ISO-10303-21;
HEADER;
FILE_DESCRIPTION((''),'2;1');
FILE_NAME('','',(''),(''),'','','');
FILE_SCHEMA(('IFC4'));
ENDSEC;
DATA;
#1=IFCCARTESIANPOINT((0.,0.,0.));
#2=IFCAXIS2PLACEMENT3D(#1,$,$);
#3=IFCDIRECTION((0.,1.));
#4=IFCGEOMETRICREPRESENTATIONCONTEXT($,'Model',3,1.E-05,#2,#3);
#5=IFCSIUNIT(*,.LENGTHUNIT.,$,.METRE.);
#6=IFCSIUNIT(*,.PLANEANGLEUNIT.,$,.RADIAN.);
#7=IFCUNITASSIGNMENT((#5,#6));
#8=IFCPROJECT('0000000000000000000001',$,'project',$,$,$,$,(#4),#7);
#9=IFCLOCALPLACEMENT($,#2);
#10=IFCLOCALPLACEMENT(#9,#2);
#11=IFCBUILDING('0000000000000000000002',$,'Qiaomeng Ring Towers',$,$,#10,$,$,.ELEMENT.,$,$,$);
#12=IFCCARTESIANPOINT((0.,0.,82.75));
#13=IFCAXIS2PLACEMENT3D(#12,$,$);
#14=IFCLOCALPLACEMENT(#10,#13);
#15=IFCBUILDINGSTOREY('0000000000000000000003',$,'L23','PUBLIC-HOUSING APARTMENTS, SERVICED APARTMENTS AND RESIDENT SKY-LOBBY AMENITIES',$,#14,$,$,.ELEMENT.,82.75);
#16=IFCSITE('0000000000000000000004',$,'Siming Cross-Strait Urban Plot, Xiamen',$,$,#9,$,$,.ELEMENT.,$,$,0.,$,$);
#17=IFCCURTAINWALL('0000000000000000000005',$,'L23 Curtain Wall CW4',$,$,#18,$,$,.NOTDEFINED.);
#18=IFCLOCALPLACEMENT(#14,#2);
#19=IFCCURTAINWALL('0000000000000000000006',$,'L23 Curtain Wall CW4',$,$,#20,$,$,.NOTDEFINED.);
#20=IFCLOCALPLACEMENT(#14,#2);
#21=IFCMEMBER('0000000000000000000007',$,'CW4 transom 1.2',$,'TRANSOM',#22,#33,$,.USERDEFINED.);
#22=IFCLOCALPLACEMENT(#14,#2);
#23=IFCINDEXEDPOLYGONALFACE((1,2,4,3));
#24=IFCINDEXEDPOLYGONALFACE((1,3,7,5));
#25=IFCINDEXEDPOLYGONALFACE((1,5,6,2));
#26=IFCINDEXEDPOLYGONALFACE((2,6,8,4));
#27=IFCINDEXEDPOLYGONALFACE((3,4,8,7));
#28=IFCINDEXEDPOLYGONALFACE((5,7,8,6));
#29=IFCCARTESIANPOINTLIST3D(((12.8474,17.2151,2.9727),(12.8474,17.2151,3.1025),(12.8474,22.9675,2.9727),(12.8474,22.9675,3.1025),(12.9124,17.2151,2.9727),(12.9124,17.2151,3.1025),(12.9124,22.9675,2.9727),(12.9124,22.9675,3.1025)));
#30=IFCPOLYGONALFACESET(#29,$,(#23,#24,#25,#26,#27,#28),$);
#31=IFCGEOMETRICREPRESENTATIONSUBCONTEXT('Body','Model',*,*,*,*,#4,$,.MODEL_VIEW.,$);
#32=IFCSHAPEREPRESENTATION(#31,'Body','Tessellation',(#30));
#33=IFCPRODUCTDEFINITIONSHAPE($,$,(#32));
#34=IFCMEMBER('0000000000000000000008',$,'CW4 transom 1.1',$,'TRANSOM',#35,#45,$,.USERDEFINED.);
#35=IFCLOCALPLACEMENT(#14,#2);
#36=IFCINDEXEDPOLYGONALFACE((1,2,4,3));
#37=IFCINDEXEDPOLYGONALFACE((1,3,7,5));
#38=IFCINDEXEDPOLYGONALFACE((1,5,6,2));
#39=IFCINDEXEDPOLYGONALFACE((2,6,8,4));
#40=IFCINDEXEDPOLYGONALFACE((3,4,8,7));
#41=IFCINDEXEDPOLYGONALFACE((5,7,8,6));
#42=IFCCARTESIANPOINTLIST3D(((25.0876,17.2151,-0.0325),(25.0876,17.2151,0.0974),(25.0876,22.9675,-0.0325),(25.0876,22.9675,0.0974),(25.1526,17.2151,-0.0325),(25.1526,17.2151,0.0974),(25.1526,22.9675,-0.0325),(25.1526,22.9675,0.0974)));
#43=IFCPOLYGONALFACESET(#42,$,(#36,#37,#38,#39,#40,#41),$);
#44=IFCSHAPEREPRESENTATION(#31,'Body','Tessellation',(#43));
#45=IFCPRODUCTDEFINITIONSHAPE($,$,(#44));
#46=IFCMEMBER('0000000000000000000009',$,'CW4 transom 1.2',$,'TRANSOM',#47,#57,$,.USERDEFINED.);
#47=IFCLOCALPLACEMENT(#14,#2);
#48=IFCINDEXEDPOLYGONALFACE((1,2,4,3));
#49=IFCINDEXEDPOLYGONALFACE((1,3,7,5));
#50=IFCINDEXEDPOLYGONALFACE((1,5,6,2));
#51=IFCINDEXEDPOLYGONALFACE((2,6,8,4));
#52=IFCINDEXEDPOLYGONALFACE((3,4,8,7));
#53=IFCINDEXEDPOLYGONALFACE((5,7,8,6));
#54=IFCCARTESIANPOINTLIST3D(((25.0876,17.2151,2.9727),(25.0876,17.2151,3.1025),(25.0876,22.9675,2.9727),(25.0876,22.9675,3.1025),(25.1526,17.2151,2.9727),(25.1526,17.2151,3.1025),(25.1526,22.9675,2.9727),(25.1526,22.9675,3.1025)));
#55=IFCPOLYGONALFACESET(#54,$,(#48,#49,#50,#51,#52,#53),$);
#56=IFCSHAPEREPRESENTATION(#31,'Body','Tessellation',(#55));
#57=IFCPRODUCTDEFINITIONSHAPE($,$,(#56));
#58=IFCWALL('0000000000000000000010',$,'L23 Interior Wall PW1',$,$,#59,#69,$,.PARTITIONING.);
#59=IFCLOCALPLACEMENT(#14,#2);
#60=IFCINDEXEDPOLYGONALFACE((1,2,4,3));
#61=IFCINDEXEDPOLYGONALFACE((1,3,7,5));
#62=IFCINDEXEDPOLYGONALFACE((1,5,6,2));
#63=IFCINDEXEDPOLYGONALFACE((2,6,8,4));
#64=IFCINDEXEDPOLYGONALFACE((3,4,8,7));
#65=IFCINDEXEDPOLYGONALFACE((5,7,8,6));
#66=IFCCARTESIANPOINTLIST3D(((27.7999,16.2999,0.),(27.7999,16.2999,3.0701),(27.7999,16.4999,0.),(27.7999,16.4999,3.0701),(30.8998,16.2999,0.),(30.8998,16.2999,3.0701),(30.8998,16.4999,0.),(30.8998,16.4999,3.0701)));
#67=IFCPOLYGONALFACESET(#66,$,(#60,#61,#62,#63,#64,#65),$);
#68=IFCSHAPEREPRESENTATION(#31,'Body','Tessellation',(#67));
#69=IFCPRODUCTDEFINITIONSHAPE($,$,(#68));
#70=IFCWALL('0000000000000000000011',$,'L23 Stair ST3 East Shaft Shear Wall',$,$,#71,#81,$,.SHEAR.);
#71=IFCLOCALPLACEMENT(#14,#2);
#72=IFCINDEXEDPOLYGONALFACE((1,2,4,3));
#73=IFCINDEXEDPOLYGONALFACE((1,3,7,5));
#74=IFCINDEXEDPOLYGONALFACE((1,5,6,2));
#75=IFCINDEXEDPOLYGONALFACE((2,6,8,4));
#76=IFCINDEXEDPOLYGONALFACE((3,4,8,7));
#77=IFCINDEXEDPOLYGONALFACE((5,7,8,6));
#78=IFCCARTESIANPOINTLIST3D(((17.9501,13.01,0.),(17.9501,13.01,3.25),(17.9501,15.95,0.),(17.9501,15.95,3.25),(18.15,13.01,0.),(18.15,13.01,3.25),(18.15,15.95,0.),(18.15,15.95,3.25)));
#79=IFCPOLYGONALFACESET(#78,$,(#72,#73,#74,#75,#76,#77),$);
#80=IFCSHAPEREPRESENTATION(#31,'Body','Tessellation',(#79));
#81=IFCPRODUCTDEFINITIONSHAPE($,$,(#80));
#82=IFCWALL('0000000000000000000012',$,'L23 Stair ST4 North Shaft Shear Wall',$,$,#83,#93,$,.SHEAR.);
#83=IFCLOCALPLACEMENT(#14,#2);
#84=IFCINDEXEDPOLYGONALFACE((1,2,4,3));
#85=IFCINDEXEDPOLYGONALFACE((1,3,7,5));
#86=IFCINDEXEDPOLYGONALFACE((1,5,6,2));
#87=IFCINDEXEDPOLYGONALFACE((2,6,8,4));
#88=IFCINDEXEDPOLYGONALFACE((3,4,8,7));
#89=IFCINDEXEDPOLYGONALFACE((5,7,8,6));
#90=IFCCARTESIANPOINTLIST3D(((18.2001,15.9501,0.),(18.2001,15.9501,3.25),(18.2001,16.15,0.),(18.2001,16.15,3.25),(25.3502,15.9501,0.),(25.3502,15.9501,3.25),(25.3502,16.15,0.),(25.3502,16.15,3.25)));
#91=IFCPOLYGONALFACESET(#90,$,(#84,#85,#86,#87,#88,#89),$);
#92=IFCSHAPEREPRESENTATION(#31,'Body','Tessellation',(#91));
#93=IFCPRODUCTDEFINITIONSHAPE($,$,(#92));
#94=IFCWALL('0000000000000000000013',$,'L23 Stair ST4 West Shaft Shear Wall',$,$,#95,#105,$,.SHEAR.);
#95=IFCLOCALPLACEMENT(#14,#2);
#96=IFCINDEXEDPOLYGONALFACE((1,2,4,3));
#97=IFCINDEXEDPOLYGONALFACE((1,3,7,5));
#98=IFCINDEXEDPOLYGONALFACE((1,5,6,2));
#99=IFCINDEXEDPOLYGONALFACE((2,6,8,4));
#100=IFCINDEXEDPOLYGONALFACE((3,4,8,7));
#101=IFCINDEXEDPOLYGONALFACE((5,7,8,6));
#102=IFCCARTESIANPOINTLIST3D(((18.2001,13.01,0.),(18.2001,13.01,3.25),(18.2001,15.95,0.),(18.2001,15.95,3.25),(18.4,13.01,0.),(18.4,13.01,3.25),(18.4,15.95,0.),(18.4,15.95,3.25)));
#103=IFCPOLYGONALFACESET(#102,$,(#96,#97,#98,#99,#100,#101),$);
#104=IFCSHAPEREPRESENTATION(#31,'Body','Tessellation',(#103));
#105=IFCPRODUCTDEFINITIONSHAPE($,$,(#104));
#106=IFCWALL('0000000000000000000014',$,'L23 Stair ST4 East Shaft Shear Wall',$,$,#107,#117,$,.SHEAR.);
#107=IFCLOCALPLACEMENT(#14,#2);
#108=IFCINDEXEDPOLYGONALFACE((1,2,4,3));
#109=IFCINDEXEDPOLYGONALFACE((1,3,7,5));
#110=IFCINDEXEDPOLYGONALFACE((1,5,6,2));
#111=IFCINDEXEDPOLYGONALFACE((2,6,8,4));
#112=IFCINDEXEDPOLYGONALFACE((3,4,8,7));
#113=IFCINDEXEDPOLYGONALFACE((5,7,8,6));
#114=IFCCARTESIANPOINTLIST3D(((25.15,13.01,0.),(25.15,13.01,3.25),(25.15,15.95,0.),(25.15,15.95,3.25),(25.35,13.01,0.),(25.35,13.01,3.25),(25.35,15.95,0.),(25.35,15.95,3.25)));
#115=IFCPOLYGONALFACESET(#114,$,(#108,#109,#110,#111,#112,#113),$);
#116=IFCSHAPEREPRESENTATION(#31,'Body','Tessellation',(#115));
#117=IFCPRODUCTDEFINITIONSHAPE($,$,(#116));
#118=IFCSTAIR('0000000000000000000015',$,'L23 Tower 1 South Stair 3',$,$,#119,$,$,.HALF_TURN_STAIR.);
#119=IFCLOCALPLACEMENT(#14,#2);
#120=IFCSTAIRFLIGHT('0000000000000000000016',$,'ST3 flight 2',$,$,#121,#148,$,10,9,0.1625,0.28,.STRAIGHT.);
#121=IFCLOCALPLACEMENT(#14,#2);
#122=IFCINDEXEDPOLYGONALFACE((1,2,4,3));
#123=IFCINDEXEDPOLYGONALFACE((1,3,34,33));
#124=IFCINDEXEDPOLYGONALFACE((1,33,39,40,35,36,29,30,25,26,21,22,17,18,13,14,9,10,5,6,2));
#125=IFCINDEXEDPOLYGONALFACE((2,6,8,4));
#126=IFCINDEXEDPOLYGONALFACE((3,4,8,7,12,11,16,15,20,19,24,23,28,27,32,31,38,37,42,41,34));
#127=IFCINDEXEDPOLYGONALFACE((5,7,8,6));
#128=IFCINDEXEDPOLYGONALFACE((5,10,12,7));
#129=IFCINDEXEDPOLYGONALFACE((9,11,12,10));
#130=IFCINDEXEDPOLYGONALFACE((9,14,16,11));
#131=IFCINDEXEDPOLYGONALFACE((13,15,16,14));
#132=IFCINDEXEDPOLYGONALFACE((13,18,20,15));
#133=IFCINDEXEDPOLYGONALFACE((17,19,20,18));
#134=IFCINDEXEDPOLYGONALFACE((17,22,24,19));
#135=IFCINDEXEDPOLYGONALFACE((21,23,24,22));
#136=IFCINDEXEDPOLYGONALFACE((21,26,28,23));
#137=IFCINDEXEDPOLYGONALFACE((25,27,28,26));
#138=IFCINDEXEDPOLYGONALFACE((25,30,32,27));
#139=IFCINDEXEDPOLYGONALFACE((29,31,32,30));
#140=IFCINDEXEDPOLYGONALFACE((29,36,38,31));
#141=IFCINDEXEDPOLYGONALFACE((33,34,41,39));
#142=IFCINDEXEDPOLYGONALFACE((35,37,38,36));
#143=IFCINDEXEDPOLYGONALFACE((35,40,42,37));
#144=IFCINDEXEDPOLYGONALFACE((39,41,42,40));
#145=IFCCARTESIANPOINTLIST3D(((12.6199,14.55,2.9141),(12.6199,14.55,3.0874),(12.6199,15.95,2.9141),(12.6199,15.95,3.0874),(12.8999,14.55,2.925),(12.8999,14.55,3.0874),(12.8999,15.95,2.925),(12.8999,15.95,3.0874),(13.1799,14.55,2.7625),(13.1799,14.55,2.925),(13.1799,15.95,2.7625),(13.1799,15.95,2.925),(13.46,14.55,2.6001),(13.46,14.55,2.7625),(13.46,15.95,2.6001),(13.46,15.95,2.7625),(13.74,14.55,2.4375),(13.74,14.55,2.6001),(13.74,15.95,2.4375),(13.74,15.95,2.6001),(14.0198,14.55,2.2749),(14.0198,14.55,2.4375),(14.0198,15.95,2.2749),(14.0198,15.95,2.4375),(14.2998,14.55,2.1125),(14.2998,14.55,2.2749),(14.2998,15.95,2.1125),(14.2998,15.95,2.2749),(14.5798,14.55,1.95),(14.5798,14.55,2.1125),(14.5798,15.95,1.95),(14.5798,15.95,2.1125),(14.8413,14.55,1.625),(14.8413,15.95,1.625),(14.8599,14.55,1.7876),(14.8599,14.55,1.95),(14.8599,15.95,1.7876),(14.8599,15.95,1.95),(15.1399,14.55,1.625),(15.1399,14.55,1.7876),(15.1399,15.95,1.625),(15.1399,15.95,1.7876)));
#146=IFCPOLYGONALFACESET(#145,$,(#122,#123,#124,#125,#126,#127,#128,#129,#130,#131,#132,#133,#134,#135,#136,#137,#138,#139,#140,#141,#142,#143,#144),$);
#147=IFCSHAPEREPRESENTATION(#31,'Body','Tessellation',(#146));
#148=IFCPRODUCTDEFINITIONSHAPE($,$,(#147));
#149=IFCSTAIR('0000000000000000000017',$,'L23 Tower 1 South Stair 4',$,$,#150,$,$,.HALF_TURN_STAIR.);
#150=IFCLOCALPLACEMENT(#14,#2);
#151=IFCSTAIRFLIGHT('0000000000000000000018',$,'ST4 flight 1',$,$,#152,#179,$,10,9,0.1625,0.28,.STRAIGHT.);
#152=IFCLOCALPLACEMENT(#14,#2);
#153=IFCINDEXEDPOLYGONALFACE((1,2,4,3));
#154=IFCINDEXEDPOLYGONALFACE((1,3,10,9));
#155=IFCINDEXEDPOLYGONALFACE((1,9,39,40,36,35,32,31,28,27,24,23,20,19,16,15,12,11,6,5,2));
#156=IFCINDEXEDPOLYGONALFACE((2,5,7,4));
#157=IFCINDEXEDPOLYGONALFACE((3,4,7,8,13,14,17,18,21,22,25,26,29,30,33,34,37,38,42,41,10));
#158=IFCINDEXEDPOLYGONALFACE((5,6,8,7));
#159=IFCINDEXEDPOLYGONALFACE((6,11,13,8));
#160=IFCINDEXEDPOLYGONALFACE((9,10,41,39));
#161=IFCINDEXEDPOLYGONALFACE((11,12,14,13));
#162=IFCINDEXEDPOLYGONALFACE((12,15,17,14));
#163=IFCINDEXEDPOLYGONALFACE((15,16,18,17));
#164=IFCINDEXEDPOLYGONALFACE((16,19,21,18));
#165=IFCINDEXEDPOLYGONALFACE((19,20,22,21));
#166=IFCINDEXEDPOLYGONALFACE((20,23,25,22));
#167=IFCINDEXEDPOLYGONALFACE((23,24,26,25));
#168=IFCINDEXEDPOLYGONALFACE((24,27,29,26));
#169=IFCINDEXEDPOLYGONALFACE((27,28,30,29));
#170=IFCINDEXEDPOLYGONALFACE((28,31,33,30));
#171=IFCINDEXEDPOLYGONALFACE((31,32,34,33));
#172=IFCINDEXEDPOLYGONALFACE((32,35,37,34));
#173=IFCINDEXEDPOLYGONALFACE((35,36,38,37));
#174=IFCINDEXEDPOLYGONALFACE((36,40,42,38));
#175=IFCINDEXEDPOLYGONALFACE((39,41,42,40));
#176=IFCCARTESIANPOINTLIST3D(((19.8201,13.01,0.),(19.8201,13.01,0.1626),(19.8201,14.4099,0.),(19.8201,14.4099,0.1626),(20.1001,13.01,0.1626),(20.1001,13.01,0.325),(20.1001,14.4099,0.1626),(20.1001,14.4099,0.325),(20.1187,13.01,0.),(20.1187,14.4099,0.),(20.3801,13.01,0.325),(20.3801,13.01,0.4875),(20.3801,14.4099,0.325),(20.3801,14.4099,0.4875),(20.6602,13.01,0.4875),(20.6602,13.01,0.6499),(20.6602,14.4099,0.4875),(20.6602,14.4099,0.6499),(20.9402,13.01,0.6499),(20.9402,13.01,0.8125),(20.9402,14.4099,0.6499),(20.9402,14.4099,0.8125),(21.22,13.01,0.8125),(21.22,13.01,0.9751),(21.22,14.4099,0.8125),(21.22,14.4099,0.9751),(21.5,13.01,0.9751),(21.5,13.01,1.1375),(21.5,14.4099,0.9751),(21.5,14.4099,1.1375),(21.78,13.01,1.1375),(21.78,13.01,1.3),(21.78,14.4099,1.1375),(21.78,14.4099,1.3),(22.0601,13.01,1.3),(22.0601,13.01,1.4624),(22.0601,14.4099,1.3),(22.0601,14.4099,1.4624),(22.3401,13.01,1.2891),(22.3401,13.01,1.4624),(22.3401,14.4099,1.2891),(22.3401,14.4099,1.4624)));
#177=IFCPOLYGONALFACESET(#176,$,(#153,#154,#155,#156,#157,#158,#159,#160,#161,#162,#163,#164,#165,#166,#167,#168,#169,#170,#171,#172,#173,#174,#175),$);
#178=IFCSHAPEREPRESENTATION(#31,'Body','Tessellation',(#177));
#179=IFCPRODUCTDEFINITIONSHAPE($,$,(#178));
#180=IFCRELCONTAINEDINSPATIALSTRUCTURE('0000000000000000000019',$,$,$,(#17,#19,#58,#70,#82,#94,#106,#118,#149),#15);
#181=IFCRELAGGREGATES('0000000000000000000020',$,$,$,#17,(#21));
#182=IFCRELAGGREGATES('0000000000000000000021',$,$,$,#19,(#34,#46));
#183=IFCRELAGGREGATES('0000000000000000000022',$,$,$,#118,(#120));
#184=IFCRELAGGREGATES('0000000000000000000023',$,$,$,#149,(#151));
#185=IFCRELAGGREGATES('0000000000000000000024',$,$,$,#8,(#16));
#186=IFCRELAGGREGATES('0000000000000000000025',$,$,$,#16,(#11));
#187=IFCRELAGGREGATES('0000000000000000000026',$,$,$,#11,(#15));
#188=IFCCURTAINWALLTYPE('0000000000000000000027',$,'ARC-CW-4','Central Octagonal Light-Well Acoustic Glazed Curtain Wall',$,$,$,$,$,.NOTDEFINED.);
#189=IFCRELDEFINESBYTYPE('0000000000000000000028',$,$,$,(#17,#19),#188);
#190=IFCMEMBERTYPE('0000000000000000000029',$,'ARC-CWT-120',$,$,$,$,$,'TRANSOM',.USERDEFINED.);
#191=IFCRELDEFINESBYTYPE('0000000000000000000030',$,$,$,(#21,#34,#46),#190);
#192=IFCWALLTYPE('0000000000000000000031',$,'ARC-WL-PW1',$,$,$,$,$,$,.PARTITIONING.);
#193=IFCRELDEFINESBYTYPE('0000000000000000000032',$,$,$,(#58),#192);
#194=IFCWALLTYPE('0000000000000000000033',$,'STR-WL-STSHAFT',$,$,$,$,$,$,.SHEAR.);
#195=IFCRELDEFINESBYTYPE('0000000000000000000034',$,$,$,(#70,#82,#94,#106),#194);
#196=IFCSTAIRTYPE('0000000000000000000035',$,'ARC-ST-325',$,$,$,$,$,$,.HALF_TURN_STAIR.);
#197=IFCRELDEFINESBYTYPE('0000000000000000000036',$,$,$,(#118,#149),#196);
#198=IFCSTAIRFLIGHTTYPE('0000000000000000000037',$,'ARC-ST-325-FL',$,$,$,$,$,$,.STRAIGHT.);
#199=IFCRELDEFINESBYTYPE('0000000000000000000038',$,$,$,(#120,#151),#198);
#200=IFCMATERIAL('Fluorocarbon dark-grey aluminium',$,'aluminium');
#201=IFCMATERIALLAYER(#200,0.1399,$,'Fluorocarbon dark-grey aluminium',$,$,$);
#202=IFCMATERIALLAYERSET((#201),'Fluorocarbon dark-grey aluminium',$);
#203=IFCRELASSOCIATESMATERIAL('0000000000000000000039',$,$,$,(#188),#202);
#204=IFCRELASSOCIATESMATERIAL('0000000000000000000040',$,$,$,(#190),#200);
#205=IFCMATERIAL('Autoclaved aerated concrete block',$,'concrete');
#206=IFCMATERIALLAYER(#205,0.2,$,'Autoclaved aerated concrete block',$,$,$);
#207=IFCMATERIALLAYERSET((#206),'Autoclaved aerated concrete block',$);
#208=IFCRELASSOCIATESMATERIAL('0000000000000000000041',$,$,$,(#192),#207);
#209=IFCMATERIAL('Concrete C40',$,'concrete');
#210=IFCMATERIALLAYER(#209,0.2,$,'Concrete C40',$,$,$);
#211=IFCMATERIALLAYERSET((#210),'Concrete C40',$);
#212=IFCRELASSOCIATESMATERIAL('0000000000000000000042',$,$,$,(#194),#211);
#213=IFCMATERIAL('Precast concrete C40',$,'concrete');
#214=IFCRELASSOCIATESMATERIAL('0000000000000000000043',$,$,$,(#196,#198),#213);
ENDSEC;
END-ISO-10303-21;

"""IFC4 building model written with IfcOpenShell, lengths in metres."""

from ifc_helpers import new_model, si_unit, direction, frame, frame_2d, origin, origin_2d, place, context, subcontext, project, spatial, polyline, rectangle, outline, extrude, source, transform, mapped, material, layer, layer_set, material_profile, profile_set, type_object, element, aggregate, save


model = new_model("IFC4")

# Units and contexts
model_context = context("Model", 3, precision=1e-05, world=origin(), true_north=direction((0.0, 1.0)))
body_context = subcontext(model_context, "Body", "Model", "MODEL_VIEW")
ifc_project = project(units=[si_unit("LENGTHUNIT", "METRE"), si_unit("PLANEANGLEUNIT", "RADIAN")], contexts=[model_context])

# Site, building, storey
site_placement = place(None, origin())
site = spatial("IfcSite", under=ifc_project, at=site_placement, Name="Siming Cross-Strait Urban Plot, Xiamen", CompositionType="ELEMENT", RefElevation=0.0)
building_placement = place(site_placement, origin())
building = spatial("IfcBuilding", under=site, at=building_placement, Name="Qiaomeng Ring Towers", CompositionType="ELEMENT")
storey_placement = place(building_placement, frame((0.0, 0.0, 82.75)))
storey = spatial("IfcBuildingStorey", under=building, at=storey_placement, Name="L23", Description="PUBLIC-HOUSING APARTMENTS, SERVICED APARTMENTS AND RESIDENT SKY-LOBBY AMENITIES", CompositionType="ELEMENT", Elevation=82.75)

# Curtain walls
ifc_material_1 = material(Name="Fluorocarbon dark-grey aluminium", Category="aluminium")
ifc_layer_1 = layer(ifc_material_1, 0.1399, Name="Fluorocarbon dark-grey aluminium")
ifc_layer_set_1 = layer_set([ifc_layer_1], Name="Fluorocarbon dark-grey aluminium")
curtain_wall_type = type_object("IfcCurtainWallType", Name="ARC-CW-4", Description="Central Octagonal Light-Well Acoustic Glazed Curtain Wall", PredefinedType="NOTDEFINED", material=ifc_layer_set_1)
curtain_wall_1_placement = place(storey_placement, origin())
curtain_wall_1 = element("IfcCurtainWall", 1, at=curtain_wall_1_placement, inside=storey, type_object=curtain_wall_type, Name="L23 Curtain Wall CW4", PredefinedType="NOTDEFINED")
curtain_wall_2_placement = place(storey_placement, origin())
curtain_wall_2 = element("IfcCurtainWall", 2, at=curtain_wall_2_placement, inside=storey, type_object=curtain_wall_type, Name="L23 Curtain Wall CW4", PredefinedType="NOTDEFINED")

# Members
ifc_material_profile_1 = material_profile(ifc_material_1, rectangle(XDim=0.0649, YDim=0.1299, at=origin_2d()), Name="ALU TRAN 65x130")
ifc_profile_set_1 = profile_set([ifc_material_profile_1], Name="Fluorocarbon dark-grey aluminium")
member_type_1 = type_object("IfcMemberType", Name="ARC-CWT-120", ElementType="TRANSOM", PredefinedType="USERDEFINED", material=ifc_profile_set_1)
shared_shape_1 = source(origin(), body_context, "Body", "SweptSolid", [
    extrude(rectangle(XDim=0.0649, YDim=0.1299, at=origin_2d()), origin(), (0.0, 0.0, 1.0), 5.7524),
])
member_1_placement = place(storey_placement, frame((12.8799, 17.2151, 3.0376), z_axis=(0.0, 1.0, 0.0), x_axis=(-1.0, 0.0, 0.0)))
member_1 = element("IfcMember", 3, at=member_1_placement, type_object=member_type_1, Name="CW4 transom 1.2", ObjectType="TRANSOM", PredefinedType="USERDEFINED", context=body_context, shape_type="MappedRepresentation", body=[
    mapped(shared_shape_1, transform((0.0, 0.0, 0.0), x_axis=(1.0, 0.0, 0.0), y_axis=(0.0, 1.0, 0.0), z_axis=(0.0, 0.0, 1.0), scale=1.0)),
])
aggregate(curtain_wall_1, [member_1])
member_2_placement = place(storey_placement, frame((25.1201, 17.2151, 0.0325), z_axis=(0.0, 1.0, 0.0), x_axis=(-1.0, 0.0, 0.0)))
member_2 = element("IfcMember", 4, at=member_2_placement, type_object=member_type_1, Name="CW4 transom 1.1", ObjectType="TRANSOM", PredefinedType="USERDEFINED", context=body_context, shape_type="MappedRepresentation", body=[
    mapped(shared_shape_1, transform((0.0, 0.0, 0.0), x_axis=(1.0, 0.0, 0.0), y_axis=(0.0, 1.0, 0.0), z_axis=(0.0, 0.0, 1.0), scale=1.0)),
])
member_3_placement = place(storey_placement, frame((25.1201, 17.2151, 3.0376), z_axis=(0.0, 1.0, 0.0), x_axis=(-1.0, 0.0, 0.0)))
member_3 = element("IfcMember", 5, at=member_3_placement, type_object=member_type_1, Name="CW4 transom 1.2", ObjectType="TRANSOM", PredefinedType="USERDEFINED", context=body_context, shape_type="MappedRepresentation", body=[
    mapped(shared_shape_1, transform((0.0, 0.0, 0.0), x_axis=(1.0, 0.0, 0.0), y_axis=(0.0, 1.0, 0.0), z_axis=(0.0, 0.0, 1.0), scale=1.0)),
])
aggregate(curtain_wall_2, [member_2, member_3])

# Walls
ifc_material_2 = material(Name="Autoclaved aerated concrete block", Category="concrete")
ifc_layer_2 = layer(ifc_material_2, 0.2, Name="Autoclaved aerated concrete block")
ifc_layer_set_2 = layer_set([ifc_layer_2], Name="Autoclaved aerated concrete block")
wall_type_1 = type_object("IfcWallType", Name="ARC-WL-PW1", PredefinedType="PARTITIONING", material=ifc_layer_set_2)
wall_1_placement = place(storey_placement, frame((27.8, 16.3999, 0.0), z_axis=(0.0, 0.0, 1.0), x_axis=(1.0, 0.0, 0.0)))
element("IfcWall", 6, at=wall_1_placement, inside=storey, type_object=wall_type_1, Name="L23 Interior Wall PW1", PredefinedType="PARTITIONING", context=body_context, shape_type="SweptSolid", body=[
    extrude(rectangle(XDim=3.0999, YDim=0.2, at=frame_2d((1.5498, 0.0))), origin(), (0.0, 0.0, 1.0), 3.0701),
])
ifc_material_3 = material(Name="Concrete C40", Category="concrete")
ifc_layer_3 = layer(ifc_material_3, 0.2, Name="Concrete C40")
ifc_layer_set_3 = layer_set([ifc_layer_3], Name="Concrete C40")
wall_type_2 = type_object("IfcWallType", Name="STR-WL-STSHAFT", PredefinedType="SHEAR", material=ifc_layer_set_3)
wall_2_placement = place(storey_placement, frame((18.05, 13.01, 0.0), z_axis=(0.0, 0.0, 1.0), x_axis=(0.0, 1.0, 0.0)))
element("IfcWall", 7, at=wall_2_placement, inside=storey, type_object=wall_type_2, Name="L23 Stair ST3 East Shaft Shear Wall", PredefinedType="SHEAR", context=body_context, shape_type="SweptSolid", body=[
    extrude(rectangle(XDim=2.9399, YDim=0.2, at=frame_2d((1.47, 0.0))), origin(), (0.0, 0.0, 1.0), 3.25),
])
wall_3_placement = place(storey_placement, frame((18.2, 16.05, 0.0), z_axis=(0.0, 0.0, 1.0), x_axis=(1.0, 0.0, 0.0)))
element("IfcWall", 8, at=wall_3_placement, inside=storey, type_object=wall_type_2, Name="L23 Stair ST4 North Shaft Shear Wall", PredefinedType="SHEAR", context=body_context, shape_type="SweptSolid", body=[
    extrude(rectangle(XDim=7.1501, YDim=0.2, at=frame_2d((3.5752, 0.0))), origin(), (0.0, 0.0, 1.0), 3.25),
])
for number, where, z_axis, x_axis, name in (
    (9, (18.3, 13.01, 0.0), (0.0, 0.0, 1.0), (0.0, 1.0, 0.0), "L23 Stair ST4 West Shaft Shear Wall"),
    (10, (25.25, 13.01, 0.0), (0.0, 0.0, 1.0), (0.0, 1.0, 0.0), "L23 Stair ST4 East Shaft Shear Wall"),
):
    element("IfcWall", number, at=place(storey_placement, frame(where, z_axis=z_axis, x_axis=x_axis)), inside=storey, type_object=wall_type_2, Name=name, PredefinedType="SHEAR", context=body_context, shape_type="SweptSolid", body=[
        extrude(rectangle(XDim=2.9399, YDim=0.2, at=frame_2d((1.47, 0.0))), origin(), (0.0, 0.0, 1.0), 3.25),
    ])

# Stair, stair flight
ifc_material_4 = material(Name="Precast concrete C40", Category="concrete")
stair_type = type_object("IfcStairType", Name="ARC-ST-325", PredefinedType="HALF_TURN_STAIR", material=ifc_material_4)
stair_1_placement = place(storey_placement, origin())
stair_1 = element("IfcStair", 11, at=stair_1_placement, inside=storey, type_object=stair_type, Name="L23 Tower 1 South Stair 3", PredefinedType="HALF_TURN_STAIR")
stair_flight_type = type_object("IfcStairFlightType", Name="ARC-ST-325-FL", PredefinedType="STRAIGHT", material=ifc_material_4)
shared_shape_2 = source(origin(), body_context, "Body", "SweptSolid", [
    extrude(outline(polyline([(0.0, 0.0), (0.0, 0.1626), (0.28, 0.1626), (0.28, 0.325), (0.5601, 0.325), (0.5601, 0.4875), (0.8401, 0.4875), (0.8401, 0.6499), (1.1201, 0.6499), (1.1201, 0.8125), (1.3999, 0.8125), (1.3999, 0.9751), (1.6799, 0.9751), (1.6799, 1.1375), (1.96, 1.1375), (1.96, 1.3), (2.24, 1.3), (2.24, 1.4624), (2.52, 1.4624), (2.52, 1.625), (2.52, 1.2891), (0.2986, 0.0), (0.0, 0.0)])), frame((0.0, 0.7, 0.0), z_axis=(0.0, -1.0, 0.0), x_axis=(1.0, 0.0, 0.0)), (0.0, 0.0, 1.0), 1.3999),
])
stair_flight_1_placement = place(storey_placement, frame((15.1399, 15.25, 1.625), z_axis=(0.0, 0.0, 1.0), x_axis=(-1.0, 0.0, 0.0)))
stair_flight_1 = element("IfcStairFlight", 12, at=stair_flight_1_placement, type_object=stair_flight_type, Name="ST3 flight 2", NumberOfRisers=10, NumberOfTreads=9, PredefinedType="STRAIGHT", RiserHeight=0.1625, TreadLength=0.28, context=body_context, shape_type="MappedRepresentation", body=[
    mapped(shared_shape_2, transform((0.0, 0.0, 0.0), x_axis=(1.0, 0.0, 0.0), y_axis=(0.0, 1.0, 0.0), z_axis=(0.0, 0.0, 1.0), scale=1.0)),
])
aggregate(stair_1, [stair_flight_1])

# Stair, stair flight
stair_2_placement = place(storey_placement, origin())
stair_2 = element("IfcStair", 13, at=stair_2_placement, inside=storey, type_object=stair_type, Name="L23 Tower 1 South Stair 4", PredefinedType="HALF_TURN_STAIR")
stair_flight_2_placement = place(storey_placement, frame((19.8201, 13.71, 0.0), z_axis=(0.0, 0.0, 1.0), x_axis=(1.0, 0.0, 0.0)))
stair_flight_2 = element("IfcStairFlight", 14, at=stair_flight_2_placement, type_object=stair_flight_type, Name="ST4 flight 1", NumberOfRisers=10, NumberOfTreads=9, PredefinedType="STRAIGHT", RiserHeight=0.1625, TreadLength=0.28, context=body_context, shape_type="MappedRepresentation", body=[
    mapped(shared_shape_2, transform((0.0, 0.0, 0.0), x_axis=(1.0, 0.0, 0.0), y_axis=(0.0, 1.0, 0.0), z_axis=(0.0, 0.0, 1.0), scale=1.0)),
])
aggregate(stair_2, [stair_flight_2])

save(model, "model.ifc")
